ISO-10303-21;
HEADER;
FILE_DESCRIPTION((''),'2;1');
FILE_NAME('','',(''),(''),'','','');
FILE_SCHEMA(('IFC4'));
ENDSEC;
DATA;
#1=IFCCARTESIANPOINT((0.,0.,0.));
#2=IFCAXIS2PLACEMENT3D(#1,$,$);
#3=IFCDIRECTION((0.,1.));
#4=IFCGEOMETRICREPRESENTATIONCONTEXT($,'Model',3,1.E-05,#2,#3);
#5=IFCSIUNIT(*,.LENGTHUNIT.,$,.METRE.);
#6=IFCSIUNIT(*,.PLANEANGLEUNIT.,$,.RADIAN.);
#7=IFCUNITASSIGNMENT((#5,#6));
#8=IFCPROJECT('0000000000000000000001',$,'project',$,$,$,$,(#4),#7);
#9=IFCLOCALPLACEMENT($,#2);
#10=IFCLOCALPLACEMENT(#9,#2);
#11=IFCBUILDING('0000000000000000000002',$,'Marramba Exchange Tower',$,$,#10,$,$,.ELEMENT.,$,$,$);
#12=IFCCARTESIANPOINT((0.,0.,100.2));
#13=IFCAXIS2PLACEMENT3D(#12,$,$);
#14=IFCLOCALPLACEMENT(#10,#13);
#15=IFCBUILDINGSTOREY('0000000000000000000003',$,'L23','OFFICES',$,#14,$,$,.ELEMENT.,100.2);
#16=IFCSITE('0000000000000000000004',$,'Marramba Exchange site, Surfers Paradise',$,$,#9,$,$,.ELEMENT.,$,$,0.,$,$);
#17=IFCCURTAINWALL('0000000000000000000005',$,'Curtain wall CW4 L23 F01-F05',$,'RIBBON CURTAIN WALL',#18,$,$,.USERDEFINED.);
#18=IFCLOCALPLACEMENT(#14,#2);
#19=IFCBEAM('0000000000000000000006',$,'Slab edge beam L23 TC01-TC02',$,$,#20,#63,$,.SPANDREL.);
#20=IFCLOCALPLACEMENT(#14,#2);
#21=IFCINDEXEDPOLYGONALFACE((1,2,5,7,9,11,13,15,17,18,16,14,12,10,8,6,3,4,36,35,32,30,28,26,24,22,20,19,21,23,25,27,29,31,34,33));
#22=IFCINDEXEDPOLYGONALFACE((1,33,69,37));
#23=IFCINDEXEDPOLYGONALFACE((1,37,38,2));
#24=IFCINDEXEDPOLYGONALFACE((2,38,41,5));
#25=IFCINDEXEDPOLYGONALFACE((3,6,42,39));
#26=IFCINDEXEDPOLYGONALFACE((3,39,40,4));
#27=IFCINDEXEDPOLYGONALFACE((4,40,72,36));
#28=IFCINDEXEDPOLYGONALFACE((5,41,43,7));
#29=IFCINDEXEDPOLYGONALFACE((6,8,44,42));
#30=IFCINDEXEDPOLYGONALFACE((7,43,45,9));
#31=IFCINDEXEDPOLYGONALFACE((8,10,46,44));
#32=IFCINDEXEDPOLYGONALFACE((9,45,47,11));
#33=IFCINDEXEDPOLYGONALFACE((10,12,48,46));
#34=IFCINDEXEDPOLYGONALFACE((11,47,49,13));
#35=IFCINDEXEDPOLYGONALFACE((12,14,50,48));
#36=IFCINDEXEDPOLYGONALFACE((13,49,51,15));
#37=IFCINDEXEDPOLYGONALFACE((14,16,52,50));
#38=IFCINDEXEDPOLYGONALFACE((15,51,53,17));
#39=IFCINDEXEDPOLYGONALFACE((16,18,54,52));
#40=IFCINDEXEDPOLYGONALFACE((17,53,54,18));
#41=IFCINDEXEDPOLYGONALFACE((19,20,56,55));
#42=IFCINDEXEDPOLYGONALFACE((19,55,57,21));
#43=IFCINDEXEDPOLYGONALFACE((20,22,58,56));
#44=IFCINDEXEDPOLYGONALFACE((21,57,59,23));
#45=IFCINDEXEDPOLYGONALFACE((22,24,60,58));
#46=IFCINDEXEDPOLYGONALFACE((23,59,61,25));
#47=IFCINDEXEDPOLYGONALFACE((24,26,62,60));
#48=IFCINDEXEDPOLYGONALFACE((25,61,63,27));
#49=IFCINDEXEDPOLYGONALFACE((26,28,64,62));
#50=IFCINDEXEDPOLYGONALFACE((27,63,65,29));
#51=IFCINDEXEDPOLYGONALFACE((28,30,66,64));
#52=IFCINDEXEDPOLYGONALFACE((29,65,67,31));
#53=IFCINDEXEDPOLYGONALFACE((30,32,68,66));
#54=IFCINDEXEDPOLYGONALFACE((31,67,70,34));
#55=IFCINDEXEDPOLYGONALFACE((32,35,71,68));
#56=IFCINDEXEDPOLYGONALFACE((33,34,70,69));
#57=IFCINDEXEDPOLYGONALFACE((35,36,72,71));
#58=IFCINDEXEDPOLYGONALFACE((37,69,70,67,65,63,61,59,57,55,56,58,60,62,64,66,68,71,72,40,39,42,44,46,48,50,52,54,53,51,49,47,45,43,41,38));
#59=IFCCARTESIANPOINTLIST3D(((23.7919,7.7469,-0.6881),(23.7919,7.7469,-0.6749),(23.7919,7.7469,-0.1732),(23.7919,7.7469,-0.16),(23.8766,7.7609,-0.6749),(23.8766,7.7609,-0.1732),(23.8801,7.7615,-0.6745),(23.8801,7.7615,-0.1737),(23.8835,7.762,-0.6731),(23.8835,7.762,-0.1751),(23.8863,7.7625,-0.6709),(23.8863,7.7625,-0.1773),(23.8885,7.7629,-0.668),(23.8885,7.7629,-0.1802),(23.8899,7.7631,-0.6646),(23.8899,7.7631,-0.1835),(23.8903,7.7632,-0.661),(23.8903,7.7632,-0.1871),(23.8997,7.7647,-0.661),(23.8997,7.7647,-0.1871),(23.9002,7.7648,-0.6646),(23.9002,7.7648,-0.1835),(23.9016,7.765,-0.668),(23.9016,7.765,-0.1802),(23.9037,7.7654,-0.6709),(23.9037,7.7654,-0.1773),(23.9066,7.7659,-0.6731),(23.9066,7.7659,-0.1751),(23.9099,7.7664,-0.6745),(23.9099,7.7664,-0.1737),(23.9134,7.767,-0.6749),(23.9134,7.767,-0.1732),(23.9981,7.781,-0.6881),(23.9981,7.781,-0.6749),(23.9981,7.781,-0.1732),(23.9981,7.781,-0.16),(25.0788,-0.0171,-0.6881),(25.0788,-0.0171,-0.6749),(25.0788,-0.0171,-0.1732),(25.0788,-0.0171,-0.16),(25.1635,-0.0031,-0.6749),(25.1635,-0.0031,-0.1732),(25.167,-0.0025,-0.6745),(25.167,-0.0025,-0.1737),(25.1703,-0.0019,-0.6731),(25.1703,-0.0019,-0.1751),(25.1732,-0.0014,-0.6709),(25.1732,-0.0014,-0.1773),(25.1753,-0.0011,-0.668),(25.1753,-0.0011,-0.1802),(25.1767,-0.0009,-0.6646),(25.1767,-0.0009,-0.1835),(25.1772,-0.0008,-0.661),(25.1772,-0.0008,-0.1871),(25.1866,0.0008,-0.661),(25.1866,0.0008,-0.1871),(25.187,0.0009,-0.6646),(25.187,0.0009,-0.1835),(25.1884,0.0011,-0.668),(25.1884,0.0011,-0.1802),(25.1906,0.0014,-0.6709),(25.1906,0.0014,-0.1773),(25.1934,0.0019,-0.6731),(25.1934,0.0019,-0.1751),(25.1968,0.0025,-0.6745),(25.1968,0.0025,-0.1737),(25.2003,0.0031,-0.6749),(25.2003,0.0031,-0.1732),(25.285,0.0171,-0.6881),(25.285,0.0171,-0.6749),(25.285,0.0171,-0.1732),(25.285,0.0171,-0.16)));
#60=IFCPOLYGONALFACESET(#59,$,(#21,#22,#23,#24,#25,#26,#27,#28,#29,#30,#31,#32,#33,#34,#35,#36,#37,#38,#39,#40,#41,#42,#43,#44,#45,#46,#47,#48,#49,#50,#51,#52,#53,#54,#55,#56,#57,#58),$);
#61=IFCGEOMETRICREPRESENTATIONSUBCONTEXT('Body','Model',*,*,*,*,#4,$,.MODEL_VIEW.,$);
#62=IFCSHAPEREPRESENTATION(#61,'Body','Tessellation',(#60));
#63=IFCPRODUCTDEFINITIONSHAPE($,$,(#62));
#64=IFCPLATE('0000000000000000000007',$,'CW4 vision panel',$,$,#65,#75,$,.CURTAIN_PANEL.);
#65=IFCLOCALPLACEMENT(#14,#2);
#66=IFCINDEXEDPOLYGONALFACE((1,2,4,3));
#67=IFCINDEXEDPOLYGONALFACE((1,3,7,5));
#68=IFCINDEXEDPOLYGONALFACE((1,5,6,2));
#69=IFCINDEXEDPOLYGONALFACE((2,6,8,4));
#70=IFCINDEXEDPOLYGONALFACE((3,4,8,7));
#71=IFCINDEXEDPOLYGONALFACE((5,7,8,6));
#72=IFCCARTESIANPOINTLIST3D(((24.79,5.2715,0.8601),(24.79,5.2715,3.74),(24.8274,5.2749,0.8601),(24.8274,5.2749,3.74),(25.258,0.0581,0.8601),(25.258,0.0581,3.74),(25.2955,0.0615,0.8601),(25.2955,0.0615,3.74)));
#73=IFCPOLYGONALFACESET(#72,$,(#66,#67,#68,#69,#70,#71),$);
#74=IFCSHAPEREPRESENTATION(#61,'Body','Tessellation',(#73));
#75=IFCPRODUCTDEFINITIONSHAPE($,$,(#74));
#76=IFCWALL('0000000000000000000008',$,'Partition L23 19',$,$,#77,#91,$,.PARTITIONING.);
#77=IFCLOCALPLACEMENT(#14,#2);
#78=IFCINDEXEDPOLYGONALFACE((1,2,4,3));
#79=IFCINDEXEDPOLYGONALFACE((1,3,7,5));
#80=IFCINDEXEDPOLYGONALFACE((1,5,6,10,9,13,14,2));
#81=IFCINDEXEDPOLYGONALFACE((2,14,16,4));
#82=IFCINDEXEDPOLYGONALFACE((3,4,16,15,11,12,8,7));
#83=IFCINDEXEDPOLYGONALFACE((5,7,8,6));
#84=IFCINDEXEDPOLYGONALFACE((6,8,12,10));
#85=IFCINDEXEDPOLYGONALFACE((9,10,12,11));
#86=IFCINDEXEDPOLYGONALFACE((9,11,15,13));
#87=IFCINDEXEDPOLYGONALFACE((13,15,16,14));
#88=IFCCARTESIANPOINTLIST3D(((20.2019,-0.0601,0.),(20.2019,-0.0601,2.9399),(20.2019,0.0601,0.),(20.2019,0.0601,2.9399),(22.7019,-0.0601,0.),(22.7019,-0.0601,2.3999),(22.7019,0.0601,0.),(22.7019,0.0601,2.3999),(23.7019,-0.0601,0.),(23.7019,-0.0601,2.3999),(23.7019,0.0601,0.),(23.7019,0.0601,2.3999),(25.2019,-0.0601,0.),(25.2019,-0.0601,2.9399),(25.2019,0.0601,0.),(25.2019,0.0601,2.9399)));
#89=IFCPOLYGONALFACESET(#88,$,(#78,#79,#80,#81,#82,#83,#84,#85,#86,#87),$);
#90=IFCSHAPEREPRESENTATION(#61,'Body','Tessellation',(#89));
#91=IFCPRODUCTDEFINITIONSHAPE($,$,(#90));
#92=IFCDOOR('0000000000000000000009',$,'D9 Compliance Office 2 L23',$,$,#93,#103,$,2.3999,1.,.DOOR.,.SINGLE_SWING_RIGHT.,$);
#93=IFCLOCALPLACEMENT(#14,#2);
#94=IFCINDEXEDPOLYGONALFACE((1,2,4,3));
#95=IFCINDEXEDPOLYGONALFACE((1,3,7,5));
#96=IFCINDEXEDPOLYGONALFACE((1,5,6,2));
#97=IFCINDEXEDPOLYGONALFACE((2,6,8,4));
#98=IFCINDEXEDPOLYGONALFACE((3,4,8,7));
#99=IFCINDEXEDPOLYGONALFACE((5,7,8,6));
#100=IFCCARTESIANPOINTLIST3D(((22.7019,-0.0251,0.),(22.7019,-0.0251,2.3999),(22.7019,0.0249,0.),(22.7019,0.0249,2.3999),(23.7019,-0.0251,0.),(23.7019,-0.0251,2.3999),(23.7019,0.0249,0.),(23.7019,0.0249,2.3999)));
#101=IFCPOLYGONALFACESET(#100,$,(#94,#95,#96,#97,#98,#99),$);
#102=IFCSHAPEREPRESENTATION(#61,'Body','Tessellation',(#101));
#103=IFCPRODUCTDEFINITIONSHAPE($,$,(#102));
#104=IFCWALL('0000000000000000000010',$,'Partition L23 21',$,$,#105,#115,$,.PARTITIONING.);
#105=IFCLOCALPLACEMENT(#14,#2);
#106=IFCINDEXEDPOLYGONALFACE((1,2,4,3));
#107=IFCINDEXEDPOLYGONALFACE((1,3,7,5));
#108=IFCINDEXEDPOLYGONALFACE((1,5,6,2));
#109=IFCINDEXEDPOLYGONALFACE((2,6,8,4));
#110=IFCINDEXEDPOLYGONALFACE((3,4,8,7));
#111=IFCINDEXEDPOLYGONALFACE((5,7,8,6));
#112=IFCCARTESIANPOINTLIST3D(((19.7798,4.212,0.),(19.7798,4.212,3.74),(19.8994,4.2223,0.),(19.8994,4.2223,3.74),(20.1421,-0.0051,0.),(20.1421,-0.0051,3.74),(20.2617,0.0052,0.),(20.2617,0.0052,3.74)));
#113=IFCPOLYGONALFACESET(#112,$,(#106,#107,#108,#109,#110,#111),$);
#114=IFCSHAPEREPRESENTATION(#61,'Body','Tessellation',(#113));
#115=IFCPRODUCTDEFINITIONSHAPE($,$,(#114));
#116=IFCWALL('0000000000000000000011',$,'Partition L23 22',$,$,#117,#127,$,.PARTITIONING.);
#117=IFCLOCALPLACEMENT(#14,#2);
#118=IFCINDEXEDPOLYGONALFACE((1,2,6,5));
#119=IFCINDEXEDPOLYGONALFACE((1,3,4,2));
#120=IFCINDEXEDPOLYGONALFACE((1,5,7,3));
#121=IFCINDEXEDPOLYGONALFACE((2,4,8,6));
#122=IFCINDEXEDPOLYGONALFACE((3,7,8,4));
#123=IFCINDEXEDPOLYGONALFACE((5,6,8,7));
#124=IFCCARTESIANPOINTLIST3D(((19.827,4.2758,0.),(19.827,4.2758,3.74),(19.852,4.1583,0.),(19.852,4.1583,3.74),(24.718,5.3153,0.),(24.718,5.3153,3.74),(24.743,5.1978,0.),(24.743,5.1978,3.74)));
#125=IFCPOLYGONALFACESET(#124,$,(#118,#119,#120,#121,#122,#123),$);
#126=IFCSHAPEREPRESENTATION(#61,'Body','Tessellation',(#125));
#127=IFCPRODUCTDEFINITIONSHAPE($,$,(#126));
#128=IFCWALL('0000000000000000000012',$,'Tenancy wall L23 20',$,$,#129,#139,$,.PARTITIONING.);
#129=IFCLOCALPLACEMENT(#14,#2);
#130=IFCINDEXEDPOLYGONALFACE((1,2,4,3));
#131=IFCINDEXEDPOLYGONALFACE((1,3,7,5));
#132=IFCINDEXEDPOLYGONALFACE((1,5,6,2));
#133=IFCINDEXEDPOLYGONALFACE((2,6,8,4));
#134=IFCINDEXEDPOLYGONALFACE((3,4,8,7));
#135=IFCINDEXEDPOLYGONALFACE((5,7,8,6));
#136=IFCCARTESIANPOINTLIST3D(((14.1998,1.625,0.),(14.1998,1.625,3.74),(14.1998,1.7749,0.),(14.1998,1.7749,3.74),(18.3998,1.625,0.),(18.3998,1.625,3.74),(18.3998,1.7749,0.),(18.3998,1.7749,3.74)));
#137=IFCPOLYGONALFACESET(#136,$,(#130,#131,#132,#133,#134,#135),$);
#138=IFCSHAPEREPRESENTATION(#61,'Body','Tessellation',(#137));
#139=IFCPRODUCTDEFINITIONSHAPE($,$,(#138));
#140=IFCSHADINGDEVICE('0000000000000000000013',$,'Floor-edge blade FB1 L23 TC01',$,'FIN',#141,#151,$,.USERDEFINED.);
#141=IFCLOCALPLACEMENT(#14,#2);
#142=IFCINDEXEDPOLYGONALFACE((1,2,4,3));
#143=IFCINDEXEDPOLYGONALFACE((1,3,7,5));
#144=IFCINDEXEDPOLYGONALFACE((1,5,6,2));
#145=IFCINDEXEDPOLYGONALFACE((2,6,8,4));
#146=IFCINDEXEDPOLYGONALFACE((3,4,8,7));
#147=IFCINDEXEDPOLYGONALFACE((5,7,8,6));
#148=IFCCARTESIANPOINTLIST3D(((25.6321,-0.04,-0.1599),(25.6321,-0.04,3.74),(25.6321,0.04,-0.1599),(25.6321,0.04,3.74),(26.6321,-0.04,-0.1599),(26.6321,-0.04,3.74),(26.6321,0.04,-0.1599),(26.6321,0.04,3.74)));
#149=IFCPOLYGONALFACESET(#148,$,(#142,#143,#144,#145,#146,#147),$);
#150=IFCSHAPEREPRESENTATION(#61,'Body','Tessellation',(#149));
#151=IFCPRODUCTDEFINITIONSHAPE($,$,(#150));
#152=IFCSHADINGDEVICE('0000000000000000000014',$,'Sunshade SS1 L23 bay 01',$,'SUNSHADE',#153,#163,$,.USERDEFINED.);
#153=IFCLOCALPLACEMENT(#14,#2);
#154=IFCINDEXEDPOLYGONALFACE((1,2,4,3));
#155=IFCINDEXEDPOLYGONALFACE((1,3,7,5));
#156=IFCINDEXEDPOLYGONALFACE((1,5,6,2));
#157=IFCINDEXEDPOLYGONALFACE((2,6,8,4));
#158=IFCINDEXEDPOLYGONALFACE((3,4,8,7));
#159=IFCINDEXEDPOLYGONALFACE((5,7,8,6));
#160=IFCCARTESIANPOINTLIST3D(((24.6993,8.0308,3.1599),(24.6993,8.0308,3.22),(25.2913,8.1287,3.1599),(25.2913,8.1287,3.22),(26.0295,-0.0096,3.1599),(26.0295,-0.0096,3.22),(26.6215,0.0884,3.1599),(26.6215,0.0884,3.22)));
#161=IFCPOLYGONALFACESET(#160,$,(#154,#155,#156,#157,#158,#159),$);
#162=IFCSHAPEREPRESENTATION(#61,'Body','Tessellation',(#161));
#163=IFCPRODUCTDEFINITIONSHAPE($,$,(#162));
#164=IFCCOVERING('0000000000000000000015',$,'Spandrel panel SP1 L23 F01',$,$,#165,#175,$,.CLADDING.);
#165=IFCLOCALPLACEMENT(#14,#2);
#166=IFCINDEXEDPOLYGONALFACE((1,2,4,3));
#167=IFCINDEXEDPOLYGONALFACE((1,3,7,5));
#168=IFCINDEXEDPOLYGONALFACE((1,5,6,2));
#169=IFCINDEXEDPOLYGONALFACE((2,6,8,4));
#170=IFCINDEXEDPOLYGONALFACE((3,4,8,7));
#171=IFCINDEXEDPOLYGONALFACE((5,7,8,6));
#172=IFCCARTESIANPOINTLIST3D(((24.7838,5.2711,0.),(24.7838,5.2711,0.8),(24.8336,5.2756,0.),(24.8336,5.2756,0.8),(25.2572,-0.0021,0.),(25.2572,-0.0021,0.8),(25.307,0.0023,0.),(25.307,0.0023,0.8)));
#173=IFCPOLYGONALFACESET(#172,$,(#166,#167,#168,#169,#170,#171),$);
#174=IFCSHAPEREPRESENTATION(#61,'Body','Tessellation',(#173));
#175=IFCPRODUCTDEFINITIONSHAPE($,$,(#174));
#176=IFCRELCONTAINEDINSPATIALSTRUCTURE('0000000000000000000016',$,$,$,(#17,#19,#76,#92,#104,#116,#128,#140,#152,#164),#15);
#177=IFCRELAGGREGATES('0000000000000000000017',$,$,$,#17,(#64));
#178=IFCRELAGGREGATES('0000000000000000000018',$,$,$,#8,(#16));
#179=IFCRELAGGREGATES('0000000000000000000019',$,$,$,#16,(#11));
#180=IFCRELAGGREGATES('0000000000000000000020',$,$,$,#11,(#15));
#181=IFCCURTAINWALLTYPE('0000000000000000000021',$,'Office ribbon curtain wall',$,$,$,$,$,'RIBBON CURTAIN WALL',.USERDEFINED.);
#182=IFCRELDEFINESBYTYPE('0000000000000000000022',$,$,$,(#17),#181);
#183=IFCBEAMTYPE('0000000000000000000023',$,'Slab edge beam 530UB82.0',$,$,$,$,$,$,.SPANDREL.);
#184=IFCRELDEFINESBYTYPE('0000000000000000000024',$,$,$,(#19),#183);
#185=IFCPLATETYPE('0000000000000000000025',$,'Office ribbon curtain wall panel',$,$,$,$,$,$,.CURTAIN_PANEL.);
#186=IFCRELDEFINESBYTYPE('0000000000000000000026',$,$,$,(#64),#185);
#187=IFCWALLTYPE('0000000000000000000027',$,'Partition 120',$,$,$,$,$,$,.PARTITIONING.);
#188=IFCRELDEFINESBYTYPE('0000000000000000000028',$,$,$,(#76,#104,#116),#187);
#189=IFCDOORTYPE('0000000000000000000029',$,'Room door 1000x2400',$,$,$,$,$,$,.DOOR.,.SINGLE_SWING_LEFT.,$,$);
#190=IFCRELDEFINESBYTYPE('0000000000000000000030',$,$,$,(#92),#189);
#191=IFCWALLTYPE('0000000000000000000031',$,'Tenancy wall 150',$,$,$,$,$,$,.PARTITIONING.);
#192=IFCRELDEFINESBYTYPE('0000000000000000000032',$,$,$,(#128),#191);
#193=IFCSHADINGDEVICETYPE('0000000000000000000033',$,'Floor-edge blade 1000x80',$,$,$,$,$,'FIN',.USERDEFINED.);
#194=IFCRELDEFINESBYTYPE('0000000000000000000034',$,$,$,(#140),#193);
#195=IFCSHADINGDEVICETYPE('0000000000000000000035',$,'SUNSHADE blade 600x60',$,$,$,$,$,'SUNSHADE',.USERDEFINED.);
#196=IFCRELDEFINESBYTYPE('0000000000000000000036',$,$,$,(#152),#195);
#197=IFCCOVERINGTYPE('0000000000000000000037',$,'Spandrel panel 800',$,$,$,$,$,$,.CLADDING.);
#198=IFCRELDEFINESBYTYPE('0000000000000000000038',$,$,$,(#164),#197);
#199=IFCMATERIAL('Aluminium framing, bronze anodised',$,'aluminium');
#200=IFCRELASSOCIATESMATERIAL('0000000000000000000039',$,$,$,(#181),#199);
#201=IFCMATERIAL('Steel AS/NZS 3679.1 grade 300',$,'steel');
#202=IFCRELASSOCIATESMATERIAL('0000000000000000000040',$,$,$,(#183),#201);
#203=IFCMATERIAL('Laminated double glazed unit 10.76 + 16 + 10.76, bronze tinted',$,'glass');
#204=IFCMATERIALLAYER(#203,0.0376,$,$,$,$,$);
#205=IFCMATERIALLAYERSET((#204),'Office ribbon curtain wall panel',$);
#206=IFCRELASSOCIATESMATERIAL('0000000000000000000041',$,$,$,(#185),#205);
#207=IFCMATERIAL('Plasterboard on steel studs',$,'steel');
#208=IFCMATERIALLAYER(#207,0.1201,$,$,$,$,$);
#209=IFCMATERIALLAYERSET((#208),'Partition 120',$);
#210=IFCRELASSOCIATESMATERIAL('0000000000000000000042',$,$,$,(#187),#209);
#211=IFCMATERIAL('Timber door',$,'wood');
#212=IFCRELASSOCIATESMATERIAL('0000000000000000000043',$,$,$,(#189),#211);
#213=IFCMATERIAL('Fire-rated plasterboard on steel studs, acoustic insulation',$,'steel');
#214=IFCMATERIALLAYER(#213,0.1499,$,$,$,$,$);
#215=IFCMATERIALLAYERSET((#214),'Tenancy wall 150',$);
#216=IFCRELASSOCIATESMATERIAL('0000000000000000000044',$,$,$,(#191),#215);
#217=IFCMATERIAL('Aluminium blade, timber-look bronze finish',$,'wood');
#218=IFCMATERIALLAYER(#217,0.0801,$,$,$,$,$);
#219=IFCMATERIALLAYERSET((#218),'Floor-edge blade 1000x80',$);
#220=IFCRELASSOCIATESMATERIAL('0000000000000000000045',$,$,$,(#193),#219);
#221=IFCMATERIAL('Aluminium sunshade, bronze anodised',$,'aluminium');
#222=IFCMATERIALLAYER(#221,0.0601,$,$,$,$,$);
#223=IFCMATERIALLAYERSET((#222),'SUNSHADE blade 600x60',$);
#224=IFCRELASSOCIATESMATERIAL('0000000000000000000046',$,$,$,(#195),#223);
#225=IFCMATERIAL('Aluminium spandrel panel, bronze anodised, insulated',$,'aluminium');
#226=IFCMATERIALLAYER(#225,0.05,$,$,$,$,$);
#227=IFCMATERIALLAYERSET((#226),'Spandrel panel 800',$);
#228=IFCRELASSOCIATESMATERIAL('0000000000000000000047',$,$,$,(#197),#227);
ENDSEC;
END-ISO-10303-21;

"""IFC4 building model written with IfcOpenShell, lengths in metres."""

from ifc_helpers import new_model, si_unit, direction, frame, frame_2d, origin, origin_2d, place, context, subcontext, project, spatial, rectangle, i_section, extrude, material, layer, layer_set, material_profile, profile_set, type_object, element, fill, aggregate, save


model = new_model("IFC4")

# Units and contexts
model_context = context("Model", 3, precision=1e-05, world=origin(), true_north=direction((0.0, 1.0)))
body_context = subcontext(model_context, "Body", "Model", "MODEL_VIEW")
ifc_project = project(units=[si_unit("LENGTHUNIT", "METRE"), si_unit("PLANEANGLEUNIT", "RADIAN")], contexts=[model_context])

# Site, building, storey
site_placement = place(None, origin())
site = spatial("IfcSite", under=ifc_project, at=site_placement, Name="Marramba Exchange site, Surfers Paradise", CompositionType="ELEMENT", RefElevation=0.0)
building_placement = place(site_placement, origin())
building = spatial("IfcBuilding", under=site, at=building_placement, Name="Marramba Exchange Tower", CompositionType="ELEMENT")
storey_placement = place(building_placement, frame((0.0, 0.0, 100.2)))
storey = spatial("IfcBuildingStorey", under=building, at=storey_placement, Name="L23", Description="OFFICES", CompositionType="ELEMENT", Elevation=100.2)

# Shared definitions
ifc_material_1 = material(Name="Steel AS/NZS 3679.1 grade 300", Category="steel")

# Curtain wall
ifc_material_2 = material(Name="Aluminium framing, bronze anodised", Category="aluminium")
curtain_wall_type = type_object("IfcCurtainWallType", Name="Office ribbon curtain wall", ElementType="RIBBON CURTAIN WALL", PredefinedType="USERDEFINED", material=ifc_material_2)
curtain_wall_placement = place(storey_placement, origin())
curtain_wall = element("IfcCurtainWall", 1, at=curtain_wall_placement, inside=storey, type_object=curtain_wall_type, Name="Curtain wall CW4 L23 F01-F05", ObjectType="RIBBON CURTAIN WALL", PredefinedType="USERDEFINED")

# Beam
ifc_material_profile_1 = material_profile(ifc_material_1, i_section(OverallWidth=0.209, OverallDepth=0.5281, WebThickness=0.0095, FlangeThickness=0.0132, FilletRadius=0.0139, at=origin_2d()), Name="530UB82.0")
ifc_profile_set_1 = profile_set([ifc_material_profile_1], Name="Steel AS/NZS 3679.1 grade 300")
beam_type_1 = type_object("IfcBeamType", Name="Slab edge beam 530UB82.0", PredefinedType="SPANDREL", material=ifc_profile_set_1)
beam_1_placement = place(storey_placement, frame((25.1819, 0.0, -0.4241), z_axis=(-0.163519, 0.98654, 0.0), x_axis=(-0.98654, -0.163519, 0.0)))
element("IfcBeam", 2, at=beam_1_placement, inside=storey, type_object=beam_type_1, Name="Slab edge beam L23 TC01-TC02", PredefinedType="SPANDREL", context=body_context, shape_type="SweptSolid", body=[
    extrude(i_section(OverallWidth=0.209, OverallDepth=0.5281, WebThickness=0.0095, FlangeThickness=0.0132, FilletRadius=0.0139, at=origin_2d()), origin(), (0.0, 0.0, 1.0), 7.8699),
])

# Plate
ifc_material_3 = material(Name="Laminated double glazed unit 10.76 + 16 + 10.76, bronze tinted", Category="glass")
ifc_layer_1 = layer(ifc_material_3, 0.0376)
ifc_layer_set_1 = layer_set([ifc_layer_1], Name="Office ribbon curtain wall panel")
plate_type = type_object("IfcPlateType", Name="Office ribbon curtain wall panel", PredefinedType="CURTAIN_PANEL", material=ifc_layer_set_1)
plate_placement = place(storey_placement, frame((25.0427, 2.6665, 0.8601), z_axis=(0.0, 0.0, 1.0), x_axis=(-0.089413, 0.995995, 0.0)))
plate = element("IfcPlate", 3, at=plate_placement, type_object=plate_type, Name="CW4 vision panel", PredefinedType="CURTAIN_PANEL", context=body_context, shape_type="SweptSolid", body=[
    extrude(rectangle(XDim=5.2344, YDim=0.0376, at=origin_2d()), origin(), (0.0, 0.0, 1.0), 2.8799),
])
aggregate(curtain_wall, [plate])

# Wall, opening, door
ifc_material_4 = material(Name="Plasterboard on steel studs", Category="steel")
ifc_layer_2 = layer(ifc_material_4, 0.1201)
ifc_layer_set_2 = layer_set([ifc_layer_2], Name="Partition 120")
wall_type_1 = type_object("IfcWallType", Name="Partition 120", PredefinedType="PARTITIONING", material=ifc_layer_set_2)
wall_1_placement = place(storey_placement, frame((20.2019, 0.0, 0.0), z_axis=(0.0, 0.0, 1.0), x_axis=(1.0, 0.0, 0.0)))
wall_1 = element("IfcWall", 4, at=wall_1_placement, inside=storey, type_object=wall_type_1, Name="Partition L23 19", PredefinedType="PARTITIONING", context=body_context, shape_type="SweptSolid", body=[
    extrude(rectangle(XDim=5.0, YDim=0.1201, at=frame_2d((2.5, 0.0))), origin(), (0.0, 0.0, 1.0), 2.9399),
])
opening_placement = place(wall_1_placement, frame((2.5, 0.0, 0.0)))
opening = element("IfcOpeningElement", 5, at=opening_placement, cuts=wall_1, PredefinedType="OPENING", context=body_context, shape_type="SweptSolid", body=[
    extrude(rectangle(XDim=1.0, YDim=2.3999, at=frame_2d((0.5, 1.2))), frame((0.0, 0.0701, 0.0), z_axis=(0.0, -1.0, 0.0), x_axis=(1.0, 0.0, 0.0)), (0.0, 0.0, 1.0), 0.1401),
])
ifc_material_5 = material(Name="Timber door", Category="wood")
door_type = type_object("IfcDoorType", Name="Room door 1000x2400", OperationType="SINGLE_SWING_LEFT", PredefinedType="DOOR", material=ifc_material_5)
door_placement = place(opening_placement, origin())
door = element("IfcDoor", 6, at=door_placement, inside=storey, type_object=door_type, Name="D9 Compliance Office 2 L23", OperationType="SINGLE_SWING_RIGHT", OverallHeight=2.3999, OverallWidth=1.0, PredefinedType="DOOR", context=body_context, shape_type="SweptSolid", body=[
    extrude(rectangle(XDim=1.0, YDim=2.3999, at=frame_2d((0.5, 1.2))), frame((0.0, 0.0249, 0.0), z_axis=(0.0, -1.0, 0.0), x_axis=(1.0, 0.0, 0.0)), (0.0, 0.0, 1.0), 0.05),
])
fill(opening, door)

# Walls
wall_2_placement = place(storey_placement, frame((19.8396, 4.217, 0.0), z_axis=(0.0, 0.0, 1.0), x_axis=(0.085599, -0.99633, 0.0)))
element("IfcWall", 7, at=wall_2_placement, inside=storey, type_object=wall_type_1, Name="Partition L23 21", PredefinedType="PARTITIONING", context=body_context, shape_type="SweptSolid", body=[
    extrude(rectangle(XDim=4.2327, YDim=0.1201, at=frame_2d((2.1162, 0.0))), origin(), (0.0, 0.0, 1.0), 3.74),
])
wall_3_placement = place(storey_placement, frame((19.8396, 4.217, 0.0), z_axis=(0.0, 0.0, 1.0), x_axis=(0.978149, 0.207905, 0.0)))
element("IfcWall", 8, at=wall_3_placement, inside=storey, type_object=wall_type_1, Name="Partition L23 22", PredefinedType="PARTITIONING", context=body_context, shape_type="SweptSolid", body=[
    extrude(rectangle(XDim=5.0002, YDim=0.1201, at=frame_2d((2.5, 0.0))), origin(), (0.0, 0.0, 1.0), 3.74),
])
ifc_material_6 = material(Name="Fire-rated plasterboard on steel studs, acoustic insulation", Category="steel")
ifc_layer_3 = layer(ifc_material_6, 0.1499)
ifc_layer_set_3 = layer_set([ifc_layer_3], Name="Tenancy wall 150")
wall_type_2 = type_object("IfcWallType", Name="Tenancy wall 150", PredefinedType="PARTITIONING", material=ifc_layer_set_3)
wall_4_placement = place(storey_placement, frame((18.3999, 1.7, 0.0), z_axis=(0.0, 0.0, 1.0), x_axis=(-1.0, 0.0, 0.0)))
element("IfcWall", 9, at=wall_4_placement, inside=storey, type_object=wall_type_2, Name="Tenancy wall L23 20", PredefinedType="PARTITIONING", context=body_context, shape_type="SweptSolid", body=[
    extrude(rectangle(XDim=4.2, YDim=0.1499, at=frame_2d((2.1001, 0.0))), origin(), (0.0, 0.0, 1.0), 3.74),
])

# Shading devices
ifc_material_7 = material(Name="Aluminium blade, timber-look bronze finish", Category="wood")
ifc_layer_4 = layer(ifc_material_7, 0.0801)
ifc_layer_set_4 = layer_set([ifc_layer_4], Name="Floor-edge blade 1000x80")
shading_device_type_1 = type_object("IfcShadingDeviceType", Name="Floor-edge blade 1000x80", ElementType="FIN", PredefinedType="USERDEFINED", material=ifc_layer_set_4)
shading_device_1_placement = place(storey_placement, frame((26.1321, 0.0, -0.1599), z_axis=(0.0, 0.0, 1.0), x_axis=(1.0, 0.0, 0.0)))
element("IfcShadingDevice", 10, at=shading_device_1_placement, inside=storey, type_object=shading_device_type_1, Name="Floor-edge blade FB1 L23 TC01", ObjectType="FIN", PredefinedType="USERDEFINED", context=body_context, shape_type="SweptSolid", body=[
    extrude(rectangle(XDim=1.0, YDim=0.0801, at=origin_2d()), origin(), (0.0, 0.0, 1.0), 3.8999),
])
ifc_material_8 = material(Name="Aluminium sunshade, bronze anodised", Category="aluminium")
ifc_layer_5 = layer(ifc_material_8, 0.0601)
ifc_layer_set_5 = layer_set([ifc_layer_5], Name="SUNSHADE blade 600x60")
shading_device_type_2 = type_object("IfcShadingDeviceType", Name="SUNSHADE blade 600x60", ElementType="SUNSHADE", PredefinedType="USERDEFINED", material=ifc_layer_set_5)
shading_device_2_placement = place(storey_placement, frame((25.6604, 4.0596, 3.1599), z_axis=(0.0, 0.0, 1.0), x_axis=(-0.163228, 0.986588, 0.0)))
element("IfcShadingDevice", 11, at=shading_device_2_placement, inside=storey, type_object=shading_device_type_2, Name="Sunshade SS1 L23 bay 01", ObjectType="SUNSHADE", PredefinedType="USERDEFINED", context=body_context, shape_type="SweptSolid", body=[
    extrude(rectangle(XDim=8.1497, YDim=0.6001, at=origin_2d()), origin(), (0.0, 0.0, 1.0), 0.0601),
])

# Covering
ifc_material_9 = material(Name="Aluminium spandrel panel, bronze anodised, insulated", Category="aluminium")
ifc_layer_6 = layer(ifc_material_9, 0.05)
ifc_layer_set_6 = layer_set([ifc_layer_6], Name="Spandrel panel 800")
covering_type = type_object("IfcCoveringType", Name="Spandrel panel 800", PredefinedType="CLADDING", material=ifc_layer_set_6)
covering_1_placement = place(storey_placement, frame((25.0454, 2.6367, 0.0), z_axis=(0.0, 0.0, 1.0), x_axis=(-0.089413, 0.995995, 0.0)))
element("IfcCovering", 12, at=covering_1_placement, inside=storey, type_object=covering_type, Name="Spandrel panel SP1 L23 F01", PredefinedType="CLADDING", context=body_context, shape_type="SweptSolid", body=[
    extrude(rectangle(XDim=5.2944, YDim=0.05, at=origin_2d()), origin(), (0.0, 0.0, 1.0), 0.8),
])

save(model, "model.ifc")
